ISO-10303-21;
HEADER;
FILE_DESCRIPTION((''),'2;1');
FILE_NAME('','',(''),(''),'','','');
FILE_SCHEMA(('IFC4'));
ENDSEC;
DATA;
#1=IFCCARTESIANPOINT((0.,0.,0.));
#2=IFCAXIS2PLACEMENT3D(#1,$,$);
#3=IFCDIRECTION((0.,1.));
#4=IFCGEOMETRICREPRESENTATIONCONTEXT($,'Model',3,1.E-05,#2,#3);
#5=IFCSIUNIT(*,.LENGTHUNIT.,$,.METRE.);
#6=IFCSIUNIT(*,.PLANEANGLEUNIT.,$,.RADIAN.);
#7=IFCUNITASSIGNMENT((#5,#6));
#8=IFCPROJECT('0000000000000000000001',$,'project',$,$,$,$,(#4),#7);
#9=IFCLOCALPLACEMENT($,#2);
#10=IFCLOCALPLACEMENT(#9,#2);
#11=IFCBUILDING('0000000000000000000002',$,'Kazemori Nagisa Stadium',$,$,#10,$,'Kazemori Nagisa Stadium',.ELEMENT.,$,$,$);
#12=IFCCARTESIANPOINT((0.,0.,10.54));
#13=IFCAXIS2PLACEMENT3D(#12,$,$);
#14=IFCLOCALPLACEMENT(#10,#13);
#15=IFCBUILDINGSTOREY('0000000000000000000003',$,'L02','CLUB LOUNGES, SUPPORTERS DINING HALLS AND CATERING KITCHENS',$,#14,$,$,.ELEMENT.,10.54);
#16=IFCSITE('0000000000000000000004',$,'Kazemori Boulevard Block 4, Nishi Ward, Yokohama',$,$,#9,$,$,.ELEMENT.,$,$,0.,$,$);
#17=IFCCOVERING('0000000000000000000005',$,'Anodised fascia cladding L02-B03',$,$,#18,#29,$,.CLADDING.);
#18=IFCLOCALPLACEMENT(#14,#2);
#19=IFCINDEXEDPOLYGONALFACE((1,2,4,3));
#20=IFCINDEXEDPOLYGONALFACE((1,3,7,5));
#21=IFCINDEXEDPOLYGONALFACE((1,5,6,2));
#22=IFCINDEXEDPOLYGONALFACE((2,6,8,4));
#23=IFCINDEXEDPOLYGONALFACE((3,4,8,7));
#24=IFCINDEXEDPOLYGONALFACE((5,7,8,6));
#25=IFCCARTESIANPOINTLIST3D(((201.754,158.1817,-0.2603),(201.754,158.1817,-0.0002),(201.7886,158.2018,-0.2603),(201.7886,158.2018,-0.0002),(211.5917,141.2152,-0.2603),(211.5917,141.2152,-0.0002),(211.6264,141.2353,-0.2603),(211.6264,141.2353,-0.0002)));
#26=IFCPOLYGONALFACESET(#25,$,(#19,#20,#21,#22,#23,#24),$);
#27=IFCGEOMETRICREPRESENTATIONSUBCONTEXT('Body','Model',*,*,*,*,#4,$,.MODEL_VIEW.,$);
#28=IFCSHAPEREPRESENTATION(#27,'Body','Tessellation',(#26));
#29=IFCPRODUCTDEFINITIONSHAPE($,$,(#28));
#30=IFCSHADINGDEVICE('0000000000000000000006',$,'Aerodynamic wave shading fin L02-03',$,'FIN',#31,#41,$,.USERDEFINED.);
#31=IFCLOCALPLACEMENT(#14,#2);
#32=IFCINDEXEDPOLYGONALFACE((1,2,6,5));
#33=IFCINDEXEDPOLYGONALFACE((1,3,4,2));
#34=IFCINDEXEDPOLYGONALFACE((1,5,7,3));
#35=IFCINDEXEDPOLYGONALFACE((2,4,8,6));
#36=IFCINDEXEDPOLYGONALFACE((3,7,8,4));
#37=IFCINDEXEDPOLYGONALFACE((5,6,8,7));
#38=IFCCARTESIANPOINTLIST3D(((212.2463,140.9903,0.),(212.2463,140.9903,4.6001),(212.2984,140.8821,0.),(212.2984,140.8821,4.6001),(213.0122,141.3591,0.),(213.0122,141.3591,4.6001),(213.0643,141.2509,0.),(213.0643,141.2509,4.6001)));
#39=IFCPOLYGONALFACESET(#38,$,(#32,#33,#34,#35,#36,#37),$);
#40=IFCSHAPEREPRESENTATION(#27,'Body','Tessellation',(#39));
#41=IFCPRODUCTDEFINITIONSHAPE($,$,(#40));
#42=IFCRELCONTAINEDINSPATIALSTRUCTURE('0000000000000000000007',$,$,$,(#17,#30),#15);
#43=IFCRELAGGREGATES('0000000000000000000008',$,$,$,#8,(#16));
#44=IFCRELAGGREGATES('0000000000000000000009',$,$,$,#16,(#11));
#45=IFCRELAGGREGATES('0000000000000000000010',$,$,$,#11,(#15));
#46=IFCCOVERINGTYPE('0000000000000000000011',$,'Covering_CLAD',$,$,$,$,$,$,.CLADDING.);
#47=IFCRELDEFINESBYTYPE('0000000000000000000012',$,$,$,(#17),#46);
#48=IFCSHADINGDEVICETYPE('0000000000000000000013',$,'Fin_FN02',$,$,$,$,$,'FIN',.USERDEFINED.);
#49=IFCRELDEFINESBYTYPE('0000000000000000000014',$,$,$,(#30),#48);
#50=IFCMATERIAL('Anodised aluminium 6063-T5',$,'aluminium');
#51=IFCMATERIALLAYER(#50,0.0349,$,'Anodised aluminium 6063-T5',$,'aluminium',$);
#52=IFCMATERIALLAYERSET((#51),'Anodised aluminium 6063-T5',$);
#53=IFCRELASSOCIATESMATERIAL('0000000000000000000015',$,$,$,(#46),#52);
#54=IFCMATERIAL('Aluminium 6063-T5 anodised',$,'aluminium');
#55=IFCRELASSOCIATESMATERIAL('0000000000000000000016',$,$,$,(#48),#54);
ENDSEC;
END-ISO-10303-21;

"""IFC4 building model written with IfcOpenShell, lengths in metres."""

from ifc_helpers import new_model, si_unit, direction, frame, origin, origin_2d, place, context, subcontext, project, spatial, rectangle, extrude, material, layer, layer_set, type_object, element, save


model = new_model("IFC4")

# Units and contexts
model_context = context("Model", 3, precision=1e-05, world=origin(), true_north=direction((0.0, 1.0)))
body_context = subcontext(model_context, "Body", "Model", "MODEL_VIEW")
ifc_project = project(units=[si_unit("LENGTHUNIT", "METRE"), si_unit("PLANEANGLEUNIT", "RADIAN")], contexts=[model_context])

# Site, building, storey
site_placement = place(None, origin())
site = spatial("IfcSite", under=ifc_project, at=site_placement, Name="Kazemori Boulevard Block 4, Nishi Ward, Yokohama", CompositionType="ELEMENT", RefElevation=0.0)
building_placement = place(site_placement, origin())
building = spatial("IfcBuilding", under=site, at=building_placement, Name="Kazemori Nagisa Stadium", LongName="Kazemori Nagisa Stadium", CompositionType="ELEMENT")
storey_placement = place(building_placement, frame((0.0, 0.0, 10.54)))
storey = spatial("IfcBuildingStorey", under=building, at=storey_placement, Name="L02", Description="CLUB LOUNGES, SUPPORTERS DINING HALLS AND CATERING KITCHENS", CompositionType="ELEMENT", Elevation=10.54)

# Shared definitions
ifc_material_1 = material(Name="Anodised aluminium 6063-T5", Category="aluminium")
ifc_material_2 = material(Name="Aluminium 6063-T5 anodised", Category="aluminium")

# Covering
ifc_layer_1 = layer(ifc_material_1, 0.0349, Name="Anodised aluminium 6063-T5", Category="aluminium")
ifc_layer_set_1 = layer_set([ifc_layer_1], Name="Anodised aluminium 6063-T5")
covering_type = type_object("IfcCoveringType", Name="Covering_CLAD", PredefinedType="CLADDING", material=ifc_layer_set_1)
covering_placement = place(storey_placement, frame((206.6902, 149.7085, -0.2603), z_axis=(0.0, 0.0, 1.0), x_axis=(-0.501612, 0.865093, 0.0)))
element("IfcCovering", 1, at=covering_placement, inside=storey, type_object=covering_type, Name="Anodised fascia cladding L02-B03", PredefinedType="CLADDING", context=body_context, shape_type="SweptSolid", body=[
    extrude(rectangle(XDim=19.6123, YDim=0.04, at=origin_2d()), origin(), (0.0, 0.0, 1.0), 0.26),
])

# Shading device
shading_device_type = type_object("IfcShadingDeviceType", Name="Fin_FN02", ElementType="FIN", PredefinedType="USERDEFINED", material=ifc_material_2)
shading_device_placement = place(storey_placement, frame((212.6553, 141.1206, 0.0), z_axis=(0.0, 0.0, 1.0), x_axis=(0.900969, 0.433884, 0.0)))
element("IfcShadingDevice", 2, at=shading_device_placement, inside=storey, type_object=shading_device_type, Name="Aerodynamic wave shading fin L02-03", ObjectType="FIN", PredefinedType="USERDEFINED", context=body_context, shape_type="SweptSolid", body=[
    extrude(rectangle(XDim=0.8501, YDim=0.1201, at=origin_2d()), origin(), (0.0, 0.0, 1.0), 4.6001),
])

save(model, "model.ifc")
